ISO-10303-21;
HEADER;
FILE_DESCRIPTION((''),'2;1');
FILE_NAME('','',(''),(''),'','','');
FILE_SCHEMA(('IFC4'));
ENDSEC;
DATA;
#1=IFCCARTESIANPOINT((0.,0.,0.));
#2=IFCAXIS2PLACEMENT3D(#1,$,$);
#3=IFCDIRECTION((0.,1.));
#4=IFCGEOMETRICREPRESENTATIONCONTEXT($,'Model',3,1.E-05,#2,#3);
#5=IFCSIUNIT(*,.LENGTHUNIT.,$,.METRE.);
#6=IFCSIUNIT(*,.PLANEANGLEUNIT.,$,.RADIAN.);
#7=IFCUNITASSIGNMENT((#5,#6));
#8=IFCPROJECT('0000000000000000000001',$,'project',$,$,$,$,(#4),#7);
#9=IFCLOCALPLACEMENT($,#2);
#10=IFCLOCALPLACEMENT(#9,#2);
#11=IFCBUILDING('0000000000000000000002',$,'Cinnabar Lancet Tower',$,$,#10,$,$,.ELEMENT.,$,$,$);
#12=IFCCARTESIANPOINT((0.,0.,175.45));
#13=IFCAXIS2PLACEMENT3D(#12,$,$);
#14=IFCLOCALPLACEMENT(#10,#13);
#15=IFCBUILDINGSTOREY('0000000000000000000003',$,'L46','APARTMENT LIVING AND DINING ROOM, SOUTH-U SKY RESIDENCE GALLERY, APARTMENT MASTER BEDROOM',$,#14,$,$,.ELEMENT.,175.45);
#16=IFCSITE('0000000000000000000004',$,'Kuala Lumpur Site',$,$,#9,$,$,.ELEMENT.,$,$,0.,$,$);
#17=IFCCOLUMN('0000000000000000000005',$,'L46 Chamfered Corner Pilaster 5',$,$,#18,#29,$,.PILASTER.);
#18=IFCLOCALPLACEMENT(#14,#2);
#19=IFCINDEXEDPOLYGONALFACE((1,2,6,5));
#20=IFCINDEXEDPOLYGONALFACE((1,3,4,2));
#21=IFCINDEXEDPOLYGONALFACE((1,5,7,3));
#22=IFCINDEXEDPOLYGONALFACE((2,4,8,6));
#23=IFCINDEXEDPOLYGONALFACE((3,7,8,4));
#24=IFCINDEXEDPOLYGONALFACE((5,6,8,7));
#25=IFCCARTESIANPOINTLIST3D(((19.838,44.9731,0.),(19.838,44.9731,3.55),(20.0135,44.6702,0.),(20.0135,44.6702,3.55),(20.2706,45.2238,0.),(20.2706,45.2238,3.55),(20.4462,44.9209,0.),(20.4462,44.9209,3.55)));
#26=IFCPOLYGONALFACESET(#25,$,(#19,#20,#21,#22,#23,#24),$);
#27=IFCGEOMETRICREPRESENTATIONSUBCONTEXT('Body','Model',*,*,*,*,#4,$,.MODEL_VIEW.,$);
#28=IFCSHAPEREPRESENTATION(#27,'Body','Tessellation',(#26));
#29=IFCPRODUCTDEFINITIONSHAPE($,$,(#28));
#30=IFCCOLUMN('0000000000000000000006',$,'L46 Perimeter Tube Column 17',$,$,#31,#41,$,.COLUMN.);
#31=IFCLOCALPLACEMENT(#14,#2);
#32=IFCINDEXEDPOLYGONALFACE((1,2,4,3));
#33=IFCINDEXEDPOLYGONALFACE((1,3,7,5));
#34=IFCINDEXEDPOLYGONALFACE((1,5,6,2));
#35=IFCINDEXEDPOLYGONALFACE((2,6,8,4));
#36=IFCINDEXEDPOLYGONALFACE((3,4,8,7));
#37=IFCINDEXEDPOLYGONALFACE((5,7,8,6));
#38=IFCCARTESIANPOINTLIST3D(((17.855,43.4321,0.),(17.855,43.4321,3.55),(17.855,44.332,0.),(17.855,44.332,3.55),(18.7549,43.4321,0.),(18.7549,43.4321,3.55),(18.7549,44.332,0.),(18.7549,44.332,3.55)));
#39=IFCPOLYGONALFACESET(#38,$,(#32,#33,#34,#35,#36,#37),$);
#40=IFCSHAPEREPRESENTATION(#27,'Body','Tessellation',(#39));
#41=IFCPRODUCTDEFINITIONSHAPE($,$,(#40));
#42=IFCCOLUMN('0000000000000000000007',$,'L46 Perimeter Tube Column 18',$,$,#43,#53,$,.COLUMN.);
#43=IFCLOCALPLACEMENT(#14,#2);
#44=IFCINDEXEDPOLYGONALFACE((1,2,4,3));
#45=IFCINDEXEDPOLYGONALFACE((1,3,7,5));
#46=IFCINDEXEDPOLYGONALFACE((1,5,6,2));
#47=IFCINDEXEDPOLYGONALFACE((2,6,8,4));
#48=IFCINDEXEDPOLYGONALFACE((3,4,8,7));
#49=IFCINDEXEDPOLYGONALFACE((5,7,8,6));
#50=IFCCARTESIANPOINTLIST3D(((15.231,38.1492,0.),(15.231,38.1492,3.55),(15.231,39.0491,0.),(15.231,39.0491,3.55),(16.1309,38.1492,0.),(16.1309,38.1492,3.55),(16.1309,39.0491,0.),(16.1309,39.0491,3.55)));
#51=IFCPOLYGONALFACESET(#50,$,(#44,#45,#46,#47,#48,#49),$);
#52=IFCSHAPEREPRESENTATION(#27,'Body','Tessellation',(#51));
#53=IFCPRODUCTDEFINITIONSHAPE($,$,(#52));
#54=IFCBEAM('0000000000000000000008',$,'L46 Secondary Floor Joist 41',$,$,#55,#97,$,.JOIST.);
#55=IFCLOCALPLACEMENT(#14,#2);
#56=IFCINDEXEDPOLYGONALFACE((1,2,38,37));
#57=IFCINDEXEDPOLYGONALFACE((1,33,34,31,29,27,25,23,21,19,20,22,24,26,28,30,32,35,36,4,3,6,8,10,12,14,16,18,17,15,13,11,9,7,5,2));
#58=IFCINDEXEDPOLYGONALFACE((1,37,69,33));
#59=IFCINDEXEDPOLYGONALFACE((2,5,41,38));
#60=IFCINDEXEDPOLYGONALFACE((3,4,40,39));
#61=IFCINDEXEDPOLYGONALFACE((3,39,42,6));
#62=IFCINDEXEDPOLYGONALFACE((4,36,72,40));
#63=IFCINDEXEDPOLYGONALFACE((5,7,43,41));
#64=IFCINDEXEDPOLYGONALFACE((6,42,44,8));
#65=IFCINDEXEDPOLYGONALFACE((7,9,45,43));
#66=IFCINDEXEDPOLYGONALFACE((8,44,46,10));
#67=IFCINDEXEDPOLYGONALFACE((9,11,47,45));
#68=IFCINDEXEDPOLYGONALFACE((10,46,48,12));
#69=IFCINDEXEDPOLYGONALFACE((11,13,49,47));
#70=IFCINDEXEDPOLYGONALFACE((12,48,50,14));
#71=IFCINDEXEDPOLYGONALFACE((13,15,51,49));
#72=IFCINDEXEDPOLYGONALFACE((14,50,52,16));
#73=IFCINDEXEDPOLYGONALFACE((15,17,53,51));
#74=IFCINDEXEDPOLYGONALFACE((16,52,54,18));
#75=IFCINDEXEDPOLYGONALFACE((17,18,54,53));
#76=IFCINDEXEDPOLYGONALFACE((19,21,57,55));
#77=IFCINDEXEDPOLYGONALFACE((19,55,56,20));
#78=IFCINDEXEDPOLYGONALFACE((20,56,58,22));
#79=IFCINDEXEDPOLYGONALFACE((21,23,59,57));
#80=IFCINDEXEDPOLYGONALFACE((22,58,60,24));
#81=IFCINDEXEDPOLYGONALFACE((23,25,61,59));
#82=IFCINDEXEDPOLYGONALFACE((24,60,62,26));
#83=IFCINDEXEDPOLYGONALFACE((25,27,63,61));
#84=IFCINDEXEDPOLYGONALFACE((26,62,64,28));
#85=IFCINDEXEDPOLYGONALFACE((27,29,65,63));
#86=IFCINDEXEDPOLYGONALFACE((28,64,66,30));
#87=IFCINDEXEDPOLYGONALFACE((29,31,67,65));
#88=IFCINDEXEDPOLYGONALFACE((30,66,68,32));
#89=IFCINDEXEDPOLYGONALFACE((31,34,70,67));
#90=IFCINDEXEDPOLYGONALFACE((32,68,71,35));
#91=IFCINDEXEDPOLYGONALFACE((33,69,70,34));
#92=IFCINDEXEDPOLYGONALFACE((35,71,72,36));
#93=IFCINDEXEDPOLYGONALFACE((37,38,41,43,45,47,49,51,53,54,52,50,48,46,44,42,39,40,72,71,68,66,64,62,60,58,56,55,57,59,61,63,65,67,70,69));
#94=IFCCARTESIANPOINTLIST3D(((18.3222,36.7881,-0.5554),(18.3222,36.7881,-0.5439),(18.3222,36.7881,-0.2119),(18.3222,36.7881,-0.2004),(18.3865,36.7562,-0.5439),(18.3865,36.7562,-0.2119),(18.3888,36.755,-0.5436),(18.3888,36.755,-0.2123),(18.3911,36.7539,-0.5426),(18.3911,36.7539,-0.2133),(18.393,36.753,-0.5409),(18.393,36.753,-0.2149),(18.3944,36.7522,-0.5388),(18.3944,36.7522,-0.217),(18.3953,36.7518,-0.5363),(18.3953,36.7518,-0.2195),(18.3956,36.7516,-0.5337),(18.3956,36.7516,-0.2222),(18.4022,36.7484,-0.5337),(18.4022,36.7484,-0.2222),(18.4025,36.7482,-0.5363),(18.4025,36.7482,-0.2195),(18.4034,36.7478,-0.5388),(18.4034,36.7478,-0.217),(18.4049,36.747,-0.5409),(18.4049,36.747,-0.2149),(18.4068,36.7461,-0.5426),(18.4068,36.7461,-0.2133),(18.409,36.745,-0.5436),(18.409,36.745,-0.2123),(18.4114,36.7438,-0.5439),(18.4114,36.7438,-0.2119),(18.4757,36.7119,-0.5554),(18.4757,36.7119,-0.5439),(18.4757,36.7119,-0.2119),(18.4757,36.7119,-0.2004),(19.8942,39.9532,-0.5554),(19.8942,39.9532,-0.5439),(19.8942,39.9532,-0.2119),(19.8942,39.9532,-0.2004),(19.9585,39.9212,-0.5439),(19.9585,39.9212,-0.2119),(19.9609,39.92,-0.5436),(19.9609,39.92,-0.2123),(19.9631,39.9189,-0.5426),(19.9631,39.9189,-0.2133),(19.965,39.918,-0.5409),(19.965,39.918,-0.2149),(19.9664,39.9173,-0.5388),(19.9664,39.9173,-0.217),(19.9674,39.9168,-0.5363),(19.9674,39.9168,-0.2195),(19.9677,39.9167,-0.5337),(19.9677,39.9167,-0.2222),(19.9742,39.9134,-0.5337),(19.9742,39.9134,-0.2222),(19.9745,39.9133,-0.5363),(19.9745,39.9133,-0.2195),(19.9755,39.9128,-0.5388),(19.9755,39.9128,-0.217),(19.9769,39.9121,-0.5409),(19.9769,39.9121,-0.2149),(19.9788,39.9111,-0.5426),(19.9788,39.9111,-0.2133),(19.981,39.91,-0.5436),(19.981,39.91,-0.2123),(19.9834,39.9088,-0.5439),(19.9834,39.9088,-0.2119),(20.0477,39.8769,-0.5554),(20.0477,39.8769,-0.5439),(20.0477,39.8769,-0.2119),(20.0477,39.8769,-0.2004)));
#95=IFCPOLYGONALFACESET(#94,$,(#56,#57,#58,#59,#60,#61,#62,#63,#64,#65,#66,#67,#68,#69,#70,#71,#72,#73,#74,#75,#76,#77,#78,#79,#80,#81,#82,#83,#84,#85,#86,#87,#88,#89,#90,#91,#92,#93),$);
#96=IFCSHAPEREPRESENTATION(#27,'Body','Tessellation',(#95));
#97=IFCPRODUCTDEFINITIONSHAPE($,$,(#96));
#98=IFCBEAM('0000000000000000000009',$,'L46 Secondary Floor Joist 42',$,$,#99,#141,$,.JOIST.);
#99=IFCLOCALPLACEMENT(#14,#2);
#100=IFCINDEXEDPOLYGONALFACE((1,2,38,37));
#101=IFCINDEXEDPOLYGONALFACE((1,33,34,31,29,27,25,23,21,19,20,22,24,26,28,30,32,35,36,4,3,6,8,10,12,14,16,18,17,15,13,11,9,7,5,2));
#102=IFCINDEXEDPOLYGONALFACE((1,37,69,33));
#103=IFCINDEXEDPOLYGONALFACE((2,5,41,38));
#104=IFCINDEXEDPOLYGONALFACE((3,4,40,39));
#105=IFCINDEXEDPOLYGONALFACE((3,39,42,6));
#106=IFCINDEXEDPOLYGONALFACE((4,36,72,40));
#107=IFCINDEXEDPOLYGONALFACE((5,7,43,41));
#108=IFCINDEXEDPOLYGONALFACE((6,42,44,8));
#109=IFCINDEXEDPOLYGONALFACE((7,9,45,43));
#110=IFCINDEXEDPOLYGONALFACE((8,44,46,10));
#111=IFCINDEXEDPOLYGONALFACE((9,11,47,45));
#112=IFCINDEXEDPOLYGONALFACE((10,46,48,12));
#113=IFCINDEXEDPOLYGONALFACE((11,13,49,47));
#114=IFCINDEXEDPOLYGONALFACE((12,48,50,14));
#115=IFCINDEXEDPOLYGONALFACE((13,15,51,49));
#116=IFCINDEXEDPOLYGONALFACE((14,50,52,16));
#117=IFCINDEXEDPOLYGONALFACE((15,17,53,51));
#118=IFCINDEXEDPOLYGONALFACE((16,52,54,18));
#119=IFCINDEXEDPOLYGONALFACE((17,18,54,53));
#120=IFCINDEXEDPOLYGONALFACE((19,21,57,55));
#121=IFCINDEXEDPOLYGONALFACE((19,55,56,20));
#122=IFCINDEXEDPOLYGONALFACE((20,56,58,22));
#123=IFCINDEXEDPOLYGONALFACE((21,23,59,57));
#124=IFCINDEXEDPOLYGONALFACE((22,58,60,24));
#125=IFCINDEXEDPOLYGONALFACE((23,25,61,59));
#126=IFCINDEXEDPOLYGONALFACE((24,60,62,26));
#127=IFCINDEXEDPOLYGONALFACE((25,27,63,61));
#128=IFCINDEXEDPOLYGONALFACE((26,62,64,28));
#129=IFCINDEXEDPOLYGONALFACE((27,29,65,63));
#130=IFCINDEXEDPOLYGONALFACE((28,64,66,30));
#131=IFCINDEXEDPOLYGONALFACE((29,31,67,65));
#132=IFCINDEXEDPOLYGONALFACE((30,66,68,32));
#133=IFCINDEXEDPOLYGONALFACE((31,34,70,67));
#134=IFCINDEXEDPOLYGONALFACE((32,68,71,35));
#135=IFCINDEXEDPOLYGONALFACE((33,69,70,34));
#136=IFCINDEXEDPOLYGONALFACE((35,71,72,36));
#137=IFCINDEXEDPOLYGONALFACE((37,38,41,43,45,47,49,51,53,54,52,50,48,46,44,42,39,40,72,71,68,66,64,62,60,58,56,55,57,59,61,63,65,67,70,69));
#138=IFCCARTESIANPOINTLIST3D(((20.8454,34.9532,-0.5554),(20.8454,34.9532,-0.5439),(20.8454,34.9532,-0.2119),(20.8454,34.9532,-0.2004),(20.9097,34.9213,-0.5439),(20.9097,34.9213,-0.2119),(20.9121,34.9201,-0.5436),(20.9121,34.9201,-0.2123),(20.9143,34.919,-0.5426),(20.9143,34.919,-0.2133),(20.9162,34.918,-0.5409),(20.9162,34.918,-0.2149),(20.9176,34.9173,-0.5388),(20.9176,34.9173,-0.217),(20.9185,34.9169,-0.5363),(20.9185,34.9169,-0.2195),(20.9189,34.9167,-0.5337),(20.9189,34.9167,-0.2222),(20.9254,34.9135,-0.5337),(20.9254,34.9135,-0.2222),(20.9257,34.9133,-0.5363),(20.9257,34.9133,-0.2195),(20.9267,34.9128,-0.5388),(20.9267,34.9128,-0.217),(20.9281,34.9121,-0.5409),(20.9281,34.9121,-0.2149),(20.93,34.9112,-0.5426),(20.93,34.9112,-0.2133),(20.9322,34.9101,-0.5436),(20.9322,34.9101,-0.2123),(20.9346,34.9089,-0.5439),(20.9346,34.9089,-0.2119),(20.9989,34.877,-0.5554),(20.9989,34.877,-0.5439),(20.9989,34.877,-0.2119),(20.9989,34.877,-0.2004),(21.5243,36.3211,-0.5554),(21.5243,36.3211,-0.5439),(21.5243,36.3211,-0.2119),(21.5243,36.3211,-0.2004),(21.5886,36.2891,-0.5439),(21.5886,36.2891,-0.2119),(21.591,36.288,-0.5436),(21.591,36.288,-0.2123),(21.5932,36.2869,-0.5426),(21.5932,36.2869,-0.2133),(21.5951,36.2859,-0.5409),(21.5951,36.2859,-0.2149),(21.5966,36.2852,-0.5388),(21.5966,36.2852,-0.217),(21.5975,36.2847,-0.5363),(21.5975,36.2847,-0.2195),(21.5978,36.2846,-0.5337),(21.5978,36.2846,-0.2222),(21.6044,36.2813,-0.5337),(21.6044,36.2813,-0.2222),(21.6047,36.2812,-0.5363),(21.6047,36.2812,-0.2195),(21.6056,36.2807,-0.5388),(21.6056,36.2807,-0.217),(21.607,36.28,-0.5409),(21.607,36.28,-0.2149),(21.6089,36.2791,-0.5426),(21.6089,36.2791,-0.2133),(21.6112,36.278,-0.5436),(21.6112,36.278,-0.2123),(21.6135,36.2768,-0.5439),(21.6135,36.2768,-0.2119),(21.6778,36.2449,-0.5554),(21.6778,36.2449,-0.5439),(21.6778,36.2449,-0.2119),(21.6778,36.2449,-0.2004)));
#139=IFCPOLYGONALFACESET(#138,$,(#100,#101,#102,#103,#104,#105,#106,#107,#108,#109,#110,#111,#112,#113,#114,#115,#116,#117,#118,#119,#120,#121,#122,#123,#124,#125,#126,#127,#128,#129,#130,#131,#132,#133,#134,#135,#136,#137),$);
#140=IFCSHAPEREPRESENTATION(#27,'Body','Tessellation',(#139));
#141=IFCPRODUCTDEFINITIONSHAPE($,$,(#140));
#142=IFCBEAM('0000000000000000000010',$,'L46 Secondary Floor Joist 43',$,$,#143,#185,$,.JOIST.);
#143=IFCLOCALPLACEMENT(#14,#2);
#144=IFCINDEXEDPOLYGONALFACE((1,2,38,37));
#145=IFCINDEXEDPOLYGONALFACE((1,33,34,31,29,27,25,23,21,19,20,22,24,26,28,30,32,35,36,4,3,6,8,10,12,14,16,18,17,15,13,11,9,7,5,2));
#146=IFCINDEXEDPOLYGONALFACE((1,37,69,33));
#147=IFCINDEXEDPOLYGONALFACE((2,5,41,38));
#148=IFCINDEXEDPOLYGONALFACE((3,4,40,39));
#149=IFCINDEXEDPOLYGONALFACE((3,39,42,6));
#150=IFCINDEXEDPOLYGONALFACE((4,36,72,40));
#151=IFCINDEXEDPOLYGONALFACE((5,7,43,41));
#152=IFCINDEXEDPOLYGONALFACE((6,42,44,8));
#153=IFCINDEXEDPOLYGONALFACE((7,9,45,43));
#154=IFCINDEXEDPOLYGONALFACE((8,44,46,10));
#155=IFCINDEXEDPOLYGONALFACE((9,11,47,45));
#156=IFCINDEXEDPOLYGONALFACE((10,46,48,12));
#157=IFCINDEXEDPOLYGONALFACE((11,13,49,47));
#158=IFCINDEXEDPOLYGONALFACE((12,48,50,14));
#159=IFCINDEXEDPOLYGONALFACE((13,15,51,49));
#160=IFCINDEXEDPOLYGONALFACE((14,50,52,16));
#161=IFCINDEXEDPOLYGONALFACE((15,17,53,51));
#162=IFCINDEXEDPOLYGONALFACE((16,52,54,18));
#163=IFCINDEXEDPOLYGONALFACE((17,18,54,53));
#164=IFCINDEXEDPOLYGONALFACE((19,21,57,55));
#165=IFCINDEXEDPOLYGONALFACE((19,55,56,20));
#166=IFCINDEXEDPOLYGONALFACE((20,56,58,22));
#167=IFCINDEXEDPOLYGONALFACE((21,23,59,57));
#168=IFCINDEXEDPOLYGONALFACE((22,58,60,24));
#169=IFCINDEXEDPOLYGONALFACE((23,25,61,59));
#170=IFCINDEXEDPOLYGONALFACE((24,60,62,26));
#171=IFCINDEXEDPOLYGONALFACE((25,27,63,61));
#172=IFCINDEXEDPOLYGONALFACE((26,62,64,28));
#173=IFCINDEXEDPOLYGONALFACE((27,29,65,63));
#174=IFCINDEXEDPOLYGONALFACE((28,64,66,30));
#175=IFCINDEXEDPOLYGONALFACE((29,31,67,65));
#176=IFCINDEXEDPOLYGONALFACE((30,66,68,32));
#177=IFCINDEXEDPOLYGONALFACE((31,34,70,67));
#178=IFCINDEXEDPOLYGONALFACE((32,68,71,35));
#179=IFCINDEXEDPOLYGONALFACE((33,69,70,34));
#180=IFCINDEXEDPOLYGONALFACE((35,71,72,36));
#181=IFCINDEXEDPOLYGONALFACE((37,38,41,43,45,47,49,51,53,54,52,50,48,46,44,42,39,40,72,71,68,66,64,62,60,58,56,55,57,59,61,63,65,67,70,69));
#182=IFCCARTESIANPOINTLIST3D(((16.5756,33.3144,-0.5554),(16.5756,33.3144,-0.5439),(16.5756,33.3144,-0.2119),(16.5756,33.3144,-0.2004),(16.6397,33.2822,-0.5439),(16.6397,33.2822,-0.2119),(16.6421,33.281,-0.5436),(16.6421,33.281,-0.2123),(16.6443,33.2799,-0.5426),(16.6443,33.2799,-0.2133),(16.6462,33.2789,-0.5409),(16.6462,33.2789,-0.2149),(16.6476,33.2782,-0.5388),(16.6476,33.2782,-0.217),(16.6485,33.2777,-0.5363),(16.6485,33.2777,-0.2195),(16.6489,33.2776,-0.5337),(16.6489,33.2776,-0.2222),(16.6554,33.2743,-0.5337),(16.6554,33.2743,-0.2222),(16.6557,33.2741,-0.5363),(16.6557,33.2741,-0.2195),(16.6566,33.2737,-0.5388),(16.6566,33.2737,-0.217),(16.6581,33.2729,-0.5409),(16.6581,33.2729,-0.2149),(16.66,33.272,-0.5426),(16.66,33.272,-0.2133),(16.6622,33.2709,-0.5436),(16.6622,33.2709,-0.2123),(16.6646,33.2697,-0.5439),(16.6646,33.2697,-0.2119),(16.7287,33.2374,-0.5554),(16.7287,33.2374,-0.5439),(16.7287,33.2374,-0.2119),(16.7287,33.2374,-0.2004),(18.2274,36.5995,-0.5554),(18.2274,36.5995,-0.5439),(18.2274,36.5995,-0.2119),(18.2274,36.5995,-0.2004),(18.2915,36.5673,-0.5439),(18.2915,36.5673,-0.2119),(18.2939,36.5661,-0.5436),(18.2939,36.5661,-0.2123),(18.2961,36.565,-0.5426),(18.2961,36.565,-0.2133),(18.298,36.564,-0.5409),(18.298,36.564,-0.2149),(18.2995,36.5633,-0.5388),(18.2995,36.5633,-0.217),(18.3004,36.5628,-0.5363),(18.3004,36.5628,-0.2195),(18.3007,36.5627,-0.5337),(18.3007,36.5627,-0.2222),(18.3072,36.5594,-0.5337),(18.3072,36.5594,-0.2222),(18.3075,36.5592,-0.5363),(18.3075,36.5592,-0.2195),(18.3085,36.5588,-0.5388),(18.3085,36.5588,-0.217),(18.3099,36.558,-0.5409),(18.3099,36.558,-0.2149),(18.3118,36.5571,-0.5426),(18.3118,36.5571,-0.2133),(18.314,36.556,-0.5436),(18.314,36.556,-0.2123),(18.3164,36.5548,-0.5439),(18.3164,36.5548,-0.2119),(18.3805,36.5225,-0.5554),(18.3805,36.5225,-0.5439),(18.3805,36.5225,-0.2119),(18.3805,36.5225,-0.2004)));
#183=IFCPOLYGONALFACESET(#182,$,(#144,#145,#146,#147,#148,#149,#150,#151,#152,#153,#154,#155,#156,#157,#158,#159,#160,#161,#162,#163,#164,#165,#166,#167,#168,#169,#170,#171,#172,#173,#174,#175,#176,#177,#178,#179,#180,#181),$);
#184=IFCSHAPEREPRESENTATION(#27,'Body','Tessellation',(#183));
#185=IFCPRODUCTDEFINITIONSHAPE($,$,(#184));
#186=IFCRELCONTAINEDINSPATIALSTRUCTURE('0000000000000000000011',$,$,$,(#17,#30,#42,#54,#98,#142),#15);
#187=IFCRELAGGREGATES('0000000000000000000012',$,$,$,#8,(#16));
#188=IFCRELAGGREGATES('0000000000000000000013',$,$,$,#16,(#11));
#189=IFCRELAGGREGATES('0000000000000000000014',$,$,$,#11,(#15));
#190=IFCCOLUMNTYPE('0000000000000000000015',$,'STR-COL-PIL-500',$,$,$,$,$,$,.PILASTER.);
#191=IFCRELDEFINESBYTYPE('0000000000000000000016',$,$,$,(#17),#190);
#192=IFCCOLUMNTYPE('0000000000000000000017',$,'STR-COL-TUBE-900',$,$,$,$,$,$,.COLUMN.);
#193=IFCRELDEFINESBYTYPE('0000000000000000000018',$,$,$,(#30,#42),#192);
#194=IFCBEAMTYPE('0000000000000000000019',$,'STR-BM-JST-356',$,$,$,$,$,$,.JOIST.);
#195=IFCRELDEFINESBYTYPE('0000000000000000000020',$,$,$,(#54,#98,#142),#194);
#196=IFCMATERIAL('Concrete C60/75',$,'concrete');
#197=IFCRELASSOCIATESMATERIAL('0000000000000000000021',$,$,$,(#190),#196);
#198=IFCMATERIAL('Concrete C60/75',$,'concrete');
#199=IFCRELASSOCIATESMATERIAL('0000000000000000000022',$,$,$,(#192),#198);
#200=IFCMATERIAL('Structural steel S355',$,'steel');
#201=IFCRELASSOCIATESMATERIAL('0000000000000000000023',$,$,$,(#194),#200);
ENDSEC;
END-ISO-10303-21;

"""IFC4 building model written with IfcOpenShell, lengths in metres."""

from ifc_helpers import new_model, si_unit, direction, frame, origin, origin_2d, place, context, subcontext, project, spatial, rectangle, i_section, extrude, material, material_profile, profile_set, type_object, element, save


model = new_model("IFC4")

# Units and contexts
model_context = context("Model", 3, precision=1e-05, world=origin(), true_north=direction((0.0, 1.0)))
body_context = subcontext(model_context, "Body", "Model", "MODEL_VIEW")
ifc_project = project(units=[si_unit("LENGTHUNIT", "METRE"), si_unit("PLANEANGLEUNIT", "RADIAN")], contexts=[model_context])

# Site, building, storey
site_placement = place(None, origin())
site = spatial("IfcSite", under=ifc_project, at=site_placement, Name="Kuala Lumpur Site", CompositionType="ELEMENT", RefElevation=0.0)
building_placement = place(site_placement, origin())
building = spatial("IfcBuilding", under=site, at=building_placement, Name="Cinnabar Lancet Tower", CompositionType="ELEMENT")
storey_placement = place(building_placement, frame((0.0, 0.0, 175.45)))
storey = spatial("IfcBuildingStorey", under=building, at=storey_placement, Name="L46", Description="APARTMENT LIVING AND DINING ROOM, SOUTH-U SKY RESIDENCE GALLERY, APARTMENT MASTER BEDROOM", CompositionType="ELEMENT", Elevation=175.45)

# Columns
ifc_material_1 = material(Name="Concrete C60/75", Category="concrete")
ifc_material_profile_1 = material_profile(ifc_material_1, rectangle(XDim=0.5, YDim=0.3501, at=origin_2d()), Name="RC-PIL 500x350")
ifc_profile_set_1 = profile_set([ifc_material_profile_1], Name="Concrete C60/75")
column_type_1 = type_object("IfcColumnType", Name="STR-COL-PIL-500", PredefinedType="PILASTER", material=ifc_profile_set_1)
column_placement = place(storey_placement, frame((20.1421, 44.947, 0.0), z_axis=(0.0, 0.0, 1.0), x_axis=(-0.86523, -0.501375, 0.0)))
element("IfcColumn", 1, at=column_placement, inside=storey, type_object=column_type_1, Name="L46 Chamfered Corner Pilaster 5", PredefinedType="PILASTER", context=body_context, shape_type="SweptSolid", body=[
    extrude(rectangle(XDim=0.5, YDim=0.3501, at=origin_2d()), origin(), (0.0, 0.0, 1.0), 3.55),
])
ifc_material_2 = material(Name="Concrete C60/75", Category="concrete")
ifc_material_profile_2 = material_profile(ifc_material_2, rectangle(XDim=0.8999, YDim=0.8999, at=origin_2d()), Name="RC-COL 900x900")
ifc_profile_set_2 = profile_set([ifc_material_profile_2], Name="Concrete C60/75")
column_type_2 = type_object("IfcColumnType", Name="STR-COL-TUBE-900", PredefinedType="COLUMN", material=ifc_profile_set_2)
for number, where, z_axis, x_axis, name in (
    (2, (18.3049, 43.8821, 0.0), (0.0, 0.0, 1.0), (1.0, 0.0, 0.0), "L46 Perimeter Tube Column 17"),
    (3, (15.6809, 38.5991, 0.0), (0.0, 0.0, 1.0), (1.0, 0.0, 0.0), "L46 Perimeter Tube Column 18"),
):
    element("IfcColumn", number, at=place(storey_placement, frame(where, z_axis=z_axis, x_axis=x_axis)), inside=storey, type_object=column_type_2, Name=name, PredefinedType="COLUMN", context=body_context, shape_type="SweptSolid", body=[
        extrude(rectangle(XDim=0.8999, YDim=0.8999, at=origin_2d()), origin(), (0.0, 0.0, 1.0), 3.55),
    ])

# Beams
ifc_material_3 = material(Name="Structural steel S355", Category="steel")
ifc_material_profile_3 = material_profile(ifc_material_3, i_section(OverallWidth=0.1714, OverallDepth=0.355, WebThickness=0.0073, FlangeThickness=0.0115, FilletRadius=0.0103, at=origin_2d()), Name="UKB 356x171x51")
ifc_profile_set_3 = profile_set([ifc_material_profile_3], Name="Structural steel S355")
beam_type_1 = type_object("IfcBeamType", Name="STR-BM-JST-356", PredefinedType="JOIST", material=ifc_profile_set_3)
beam_1_placement = place(storey_placement, frame((19.9709, 39.915, -0.3779), z_axis=(-0.444836, -0.895612, 0.0), x_axis=(0.895612, -0.444836, 0.0)))
element("IfcBeam", 4, at=beam_1_placement, inside=storey, type_object=beam_type_1, Name="L46 Secondary Floor Joist 41", PredefinedType="JOIST", context=body_context, shape_type="SweptSolid", body=[
    extrude(i_section(OverallWidth=0.1714, OverallDepth=0.355, WebThickness=0.0073, FlangeThickness=0.0115, FilletRadius=0.0103, at=origin_2d()), origin(), (0.0, 0.0, 1.0), 3.5339),
])
beam_2_placement = place(storey_placement, frame((21.6011, 36.283, -0.3779), z_axis=(-0.44459, -0.895734, 0.0), x_axis=(0.895734, -0.44459, 0.0)))
element("IfcBeam", 5, at=beam_2_placement, inside=storey, type_object=beam_type_1, Name="L46 Secondary Floor Joist 42", PredefinedType="JOIST", context=body_context, shape_type="SweptSolid", body=[
    extrude(i_section(OverallWidth=0.1714, OverallDepth=0.355, WebThickness=0.0073, FlangeThickness=0.0115, FilletRadius=0.0103, at=origin_2d()), origin(), (0.0, 0.0, 1.0), 1.5271),
])
beam_3_placement = place(storey_placement, frame((18.304, 36.561, -0.3779), z_axis=(-0.449231, -0.893416, 0.0), x_axis=(0.893416, -0.449231, 0.0)))
element("IfcBeam", 6, at=beam_3_placement, inside=storey, type_object=beam_type_1, Name="L46 Secondary Floor Joist 43", PredefinedType="JOIST", context=body_context, shape_type="SweptSolid", body=[
    extrude(i_section(OverallWidth=0.1714, OverallDepth=0.355, WebThickness=0.0073, FlangeThickness=0.0115, FilletRadius=0.0103, at=origin_2d()), origin(), (0.0, 0.0, 1.0), 3.677),
])

save(model, "model.ifc")
